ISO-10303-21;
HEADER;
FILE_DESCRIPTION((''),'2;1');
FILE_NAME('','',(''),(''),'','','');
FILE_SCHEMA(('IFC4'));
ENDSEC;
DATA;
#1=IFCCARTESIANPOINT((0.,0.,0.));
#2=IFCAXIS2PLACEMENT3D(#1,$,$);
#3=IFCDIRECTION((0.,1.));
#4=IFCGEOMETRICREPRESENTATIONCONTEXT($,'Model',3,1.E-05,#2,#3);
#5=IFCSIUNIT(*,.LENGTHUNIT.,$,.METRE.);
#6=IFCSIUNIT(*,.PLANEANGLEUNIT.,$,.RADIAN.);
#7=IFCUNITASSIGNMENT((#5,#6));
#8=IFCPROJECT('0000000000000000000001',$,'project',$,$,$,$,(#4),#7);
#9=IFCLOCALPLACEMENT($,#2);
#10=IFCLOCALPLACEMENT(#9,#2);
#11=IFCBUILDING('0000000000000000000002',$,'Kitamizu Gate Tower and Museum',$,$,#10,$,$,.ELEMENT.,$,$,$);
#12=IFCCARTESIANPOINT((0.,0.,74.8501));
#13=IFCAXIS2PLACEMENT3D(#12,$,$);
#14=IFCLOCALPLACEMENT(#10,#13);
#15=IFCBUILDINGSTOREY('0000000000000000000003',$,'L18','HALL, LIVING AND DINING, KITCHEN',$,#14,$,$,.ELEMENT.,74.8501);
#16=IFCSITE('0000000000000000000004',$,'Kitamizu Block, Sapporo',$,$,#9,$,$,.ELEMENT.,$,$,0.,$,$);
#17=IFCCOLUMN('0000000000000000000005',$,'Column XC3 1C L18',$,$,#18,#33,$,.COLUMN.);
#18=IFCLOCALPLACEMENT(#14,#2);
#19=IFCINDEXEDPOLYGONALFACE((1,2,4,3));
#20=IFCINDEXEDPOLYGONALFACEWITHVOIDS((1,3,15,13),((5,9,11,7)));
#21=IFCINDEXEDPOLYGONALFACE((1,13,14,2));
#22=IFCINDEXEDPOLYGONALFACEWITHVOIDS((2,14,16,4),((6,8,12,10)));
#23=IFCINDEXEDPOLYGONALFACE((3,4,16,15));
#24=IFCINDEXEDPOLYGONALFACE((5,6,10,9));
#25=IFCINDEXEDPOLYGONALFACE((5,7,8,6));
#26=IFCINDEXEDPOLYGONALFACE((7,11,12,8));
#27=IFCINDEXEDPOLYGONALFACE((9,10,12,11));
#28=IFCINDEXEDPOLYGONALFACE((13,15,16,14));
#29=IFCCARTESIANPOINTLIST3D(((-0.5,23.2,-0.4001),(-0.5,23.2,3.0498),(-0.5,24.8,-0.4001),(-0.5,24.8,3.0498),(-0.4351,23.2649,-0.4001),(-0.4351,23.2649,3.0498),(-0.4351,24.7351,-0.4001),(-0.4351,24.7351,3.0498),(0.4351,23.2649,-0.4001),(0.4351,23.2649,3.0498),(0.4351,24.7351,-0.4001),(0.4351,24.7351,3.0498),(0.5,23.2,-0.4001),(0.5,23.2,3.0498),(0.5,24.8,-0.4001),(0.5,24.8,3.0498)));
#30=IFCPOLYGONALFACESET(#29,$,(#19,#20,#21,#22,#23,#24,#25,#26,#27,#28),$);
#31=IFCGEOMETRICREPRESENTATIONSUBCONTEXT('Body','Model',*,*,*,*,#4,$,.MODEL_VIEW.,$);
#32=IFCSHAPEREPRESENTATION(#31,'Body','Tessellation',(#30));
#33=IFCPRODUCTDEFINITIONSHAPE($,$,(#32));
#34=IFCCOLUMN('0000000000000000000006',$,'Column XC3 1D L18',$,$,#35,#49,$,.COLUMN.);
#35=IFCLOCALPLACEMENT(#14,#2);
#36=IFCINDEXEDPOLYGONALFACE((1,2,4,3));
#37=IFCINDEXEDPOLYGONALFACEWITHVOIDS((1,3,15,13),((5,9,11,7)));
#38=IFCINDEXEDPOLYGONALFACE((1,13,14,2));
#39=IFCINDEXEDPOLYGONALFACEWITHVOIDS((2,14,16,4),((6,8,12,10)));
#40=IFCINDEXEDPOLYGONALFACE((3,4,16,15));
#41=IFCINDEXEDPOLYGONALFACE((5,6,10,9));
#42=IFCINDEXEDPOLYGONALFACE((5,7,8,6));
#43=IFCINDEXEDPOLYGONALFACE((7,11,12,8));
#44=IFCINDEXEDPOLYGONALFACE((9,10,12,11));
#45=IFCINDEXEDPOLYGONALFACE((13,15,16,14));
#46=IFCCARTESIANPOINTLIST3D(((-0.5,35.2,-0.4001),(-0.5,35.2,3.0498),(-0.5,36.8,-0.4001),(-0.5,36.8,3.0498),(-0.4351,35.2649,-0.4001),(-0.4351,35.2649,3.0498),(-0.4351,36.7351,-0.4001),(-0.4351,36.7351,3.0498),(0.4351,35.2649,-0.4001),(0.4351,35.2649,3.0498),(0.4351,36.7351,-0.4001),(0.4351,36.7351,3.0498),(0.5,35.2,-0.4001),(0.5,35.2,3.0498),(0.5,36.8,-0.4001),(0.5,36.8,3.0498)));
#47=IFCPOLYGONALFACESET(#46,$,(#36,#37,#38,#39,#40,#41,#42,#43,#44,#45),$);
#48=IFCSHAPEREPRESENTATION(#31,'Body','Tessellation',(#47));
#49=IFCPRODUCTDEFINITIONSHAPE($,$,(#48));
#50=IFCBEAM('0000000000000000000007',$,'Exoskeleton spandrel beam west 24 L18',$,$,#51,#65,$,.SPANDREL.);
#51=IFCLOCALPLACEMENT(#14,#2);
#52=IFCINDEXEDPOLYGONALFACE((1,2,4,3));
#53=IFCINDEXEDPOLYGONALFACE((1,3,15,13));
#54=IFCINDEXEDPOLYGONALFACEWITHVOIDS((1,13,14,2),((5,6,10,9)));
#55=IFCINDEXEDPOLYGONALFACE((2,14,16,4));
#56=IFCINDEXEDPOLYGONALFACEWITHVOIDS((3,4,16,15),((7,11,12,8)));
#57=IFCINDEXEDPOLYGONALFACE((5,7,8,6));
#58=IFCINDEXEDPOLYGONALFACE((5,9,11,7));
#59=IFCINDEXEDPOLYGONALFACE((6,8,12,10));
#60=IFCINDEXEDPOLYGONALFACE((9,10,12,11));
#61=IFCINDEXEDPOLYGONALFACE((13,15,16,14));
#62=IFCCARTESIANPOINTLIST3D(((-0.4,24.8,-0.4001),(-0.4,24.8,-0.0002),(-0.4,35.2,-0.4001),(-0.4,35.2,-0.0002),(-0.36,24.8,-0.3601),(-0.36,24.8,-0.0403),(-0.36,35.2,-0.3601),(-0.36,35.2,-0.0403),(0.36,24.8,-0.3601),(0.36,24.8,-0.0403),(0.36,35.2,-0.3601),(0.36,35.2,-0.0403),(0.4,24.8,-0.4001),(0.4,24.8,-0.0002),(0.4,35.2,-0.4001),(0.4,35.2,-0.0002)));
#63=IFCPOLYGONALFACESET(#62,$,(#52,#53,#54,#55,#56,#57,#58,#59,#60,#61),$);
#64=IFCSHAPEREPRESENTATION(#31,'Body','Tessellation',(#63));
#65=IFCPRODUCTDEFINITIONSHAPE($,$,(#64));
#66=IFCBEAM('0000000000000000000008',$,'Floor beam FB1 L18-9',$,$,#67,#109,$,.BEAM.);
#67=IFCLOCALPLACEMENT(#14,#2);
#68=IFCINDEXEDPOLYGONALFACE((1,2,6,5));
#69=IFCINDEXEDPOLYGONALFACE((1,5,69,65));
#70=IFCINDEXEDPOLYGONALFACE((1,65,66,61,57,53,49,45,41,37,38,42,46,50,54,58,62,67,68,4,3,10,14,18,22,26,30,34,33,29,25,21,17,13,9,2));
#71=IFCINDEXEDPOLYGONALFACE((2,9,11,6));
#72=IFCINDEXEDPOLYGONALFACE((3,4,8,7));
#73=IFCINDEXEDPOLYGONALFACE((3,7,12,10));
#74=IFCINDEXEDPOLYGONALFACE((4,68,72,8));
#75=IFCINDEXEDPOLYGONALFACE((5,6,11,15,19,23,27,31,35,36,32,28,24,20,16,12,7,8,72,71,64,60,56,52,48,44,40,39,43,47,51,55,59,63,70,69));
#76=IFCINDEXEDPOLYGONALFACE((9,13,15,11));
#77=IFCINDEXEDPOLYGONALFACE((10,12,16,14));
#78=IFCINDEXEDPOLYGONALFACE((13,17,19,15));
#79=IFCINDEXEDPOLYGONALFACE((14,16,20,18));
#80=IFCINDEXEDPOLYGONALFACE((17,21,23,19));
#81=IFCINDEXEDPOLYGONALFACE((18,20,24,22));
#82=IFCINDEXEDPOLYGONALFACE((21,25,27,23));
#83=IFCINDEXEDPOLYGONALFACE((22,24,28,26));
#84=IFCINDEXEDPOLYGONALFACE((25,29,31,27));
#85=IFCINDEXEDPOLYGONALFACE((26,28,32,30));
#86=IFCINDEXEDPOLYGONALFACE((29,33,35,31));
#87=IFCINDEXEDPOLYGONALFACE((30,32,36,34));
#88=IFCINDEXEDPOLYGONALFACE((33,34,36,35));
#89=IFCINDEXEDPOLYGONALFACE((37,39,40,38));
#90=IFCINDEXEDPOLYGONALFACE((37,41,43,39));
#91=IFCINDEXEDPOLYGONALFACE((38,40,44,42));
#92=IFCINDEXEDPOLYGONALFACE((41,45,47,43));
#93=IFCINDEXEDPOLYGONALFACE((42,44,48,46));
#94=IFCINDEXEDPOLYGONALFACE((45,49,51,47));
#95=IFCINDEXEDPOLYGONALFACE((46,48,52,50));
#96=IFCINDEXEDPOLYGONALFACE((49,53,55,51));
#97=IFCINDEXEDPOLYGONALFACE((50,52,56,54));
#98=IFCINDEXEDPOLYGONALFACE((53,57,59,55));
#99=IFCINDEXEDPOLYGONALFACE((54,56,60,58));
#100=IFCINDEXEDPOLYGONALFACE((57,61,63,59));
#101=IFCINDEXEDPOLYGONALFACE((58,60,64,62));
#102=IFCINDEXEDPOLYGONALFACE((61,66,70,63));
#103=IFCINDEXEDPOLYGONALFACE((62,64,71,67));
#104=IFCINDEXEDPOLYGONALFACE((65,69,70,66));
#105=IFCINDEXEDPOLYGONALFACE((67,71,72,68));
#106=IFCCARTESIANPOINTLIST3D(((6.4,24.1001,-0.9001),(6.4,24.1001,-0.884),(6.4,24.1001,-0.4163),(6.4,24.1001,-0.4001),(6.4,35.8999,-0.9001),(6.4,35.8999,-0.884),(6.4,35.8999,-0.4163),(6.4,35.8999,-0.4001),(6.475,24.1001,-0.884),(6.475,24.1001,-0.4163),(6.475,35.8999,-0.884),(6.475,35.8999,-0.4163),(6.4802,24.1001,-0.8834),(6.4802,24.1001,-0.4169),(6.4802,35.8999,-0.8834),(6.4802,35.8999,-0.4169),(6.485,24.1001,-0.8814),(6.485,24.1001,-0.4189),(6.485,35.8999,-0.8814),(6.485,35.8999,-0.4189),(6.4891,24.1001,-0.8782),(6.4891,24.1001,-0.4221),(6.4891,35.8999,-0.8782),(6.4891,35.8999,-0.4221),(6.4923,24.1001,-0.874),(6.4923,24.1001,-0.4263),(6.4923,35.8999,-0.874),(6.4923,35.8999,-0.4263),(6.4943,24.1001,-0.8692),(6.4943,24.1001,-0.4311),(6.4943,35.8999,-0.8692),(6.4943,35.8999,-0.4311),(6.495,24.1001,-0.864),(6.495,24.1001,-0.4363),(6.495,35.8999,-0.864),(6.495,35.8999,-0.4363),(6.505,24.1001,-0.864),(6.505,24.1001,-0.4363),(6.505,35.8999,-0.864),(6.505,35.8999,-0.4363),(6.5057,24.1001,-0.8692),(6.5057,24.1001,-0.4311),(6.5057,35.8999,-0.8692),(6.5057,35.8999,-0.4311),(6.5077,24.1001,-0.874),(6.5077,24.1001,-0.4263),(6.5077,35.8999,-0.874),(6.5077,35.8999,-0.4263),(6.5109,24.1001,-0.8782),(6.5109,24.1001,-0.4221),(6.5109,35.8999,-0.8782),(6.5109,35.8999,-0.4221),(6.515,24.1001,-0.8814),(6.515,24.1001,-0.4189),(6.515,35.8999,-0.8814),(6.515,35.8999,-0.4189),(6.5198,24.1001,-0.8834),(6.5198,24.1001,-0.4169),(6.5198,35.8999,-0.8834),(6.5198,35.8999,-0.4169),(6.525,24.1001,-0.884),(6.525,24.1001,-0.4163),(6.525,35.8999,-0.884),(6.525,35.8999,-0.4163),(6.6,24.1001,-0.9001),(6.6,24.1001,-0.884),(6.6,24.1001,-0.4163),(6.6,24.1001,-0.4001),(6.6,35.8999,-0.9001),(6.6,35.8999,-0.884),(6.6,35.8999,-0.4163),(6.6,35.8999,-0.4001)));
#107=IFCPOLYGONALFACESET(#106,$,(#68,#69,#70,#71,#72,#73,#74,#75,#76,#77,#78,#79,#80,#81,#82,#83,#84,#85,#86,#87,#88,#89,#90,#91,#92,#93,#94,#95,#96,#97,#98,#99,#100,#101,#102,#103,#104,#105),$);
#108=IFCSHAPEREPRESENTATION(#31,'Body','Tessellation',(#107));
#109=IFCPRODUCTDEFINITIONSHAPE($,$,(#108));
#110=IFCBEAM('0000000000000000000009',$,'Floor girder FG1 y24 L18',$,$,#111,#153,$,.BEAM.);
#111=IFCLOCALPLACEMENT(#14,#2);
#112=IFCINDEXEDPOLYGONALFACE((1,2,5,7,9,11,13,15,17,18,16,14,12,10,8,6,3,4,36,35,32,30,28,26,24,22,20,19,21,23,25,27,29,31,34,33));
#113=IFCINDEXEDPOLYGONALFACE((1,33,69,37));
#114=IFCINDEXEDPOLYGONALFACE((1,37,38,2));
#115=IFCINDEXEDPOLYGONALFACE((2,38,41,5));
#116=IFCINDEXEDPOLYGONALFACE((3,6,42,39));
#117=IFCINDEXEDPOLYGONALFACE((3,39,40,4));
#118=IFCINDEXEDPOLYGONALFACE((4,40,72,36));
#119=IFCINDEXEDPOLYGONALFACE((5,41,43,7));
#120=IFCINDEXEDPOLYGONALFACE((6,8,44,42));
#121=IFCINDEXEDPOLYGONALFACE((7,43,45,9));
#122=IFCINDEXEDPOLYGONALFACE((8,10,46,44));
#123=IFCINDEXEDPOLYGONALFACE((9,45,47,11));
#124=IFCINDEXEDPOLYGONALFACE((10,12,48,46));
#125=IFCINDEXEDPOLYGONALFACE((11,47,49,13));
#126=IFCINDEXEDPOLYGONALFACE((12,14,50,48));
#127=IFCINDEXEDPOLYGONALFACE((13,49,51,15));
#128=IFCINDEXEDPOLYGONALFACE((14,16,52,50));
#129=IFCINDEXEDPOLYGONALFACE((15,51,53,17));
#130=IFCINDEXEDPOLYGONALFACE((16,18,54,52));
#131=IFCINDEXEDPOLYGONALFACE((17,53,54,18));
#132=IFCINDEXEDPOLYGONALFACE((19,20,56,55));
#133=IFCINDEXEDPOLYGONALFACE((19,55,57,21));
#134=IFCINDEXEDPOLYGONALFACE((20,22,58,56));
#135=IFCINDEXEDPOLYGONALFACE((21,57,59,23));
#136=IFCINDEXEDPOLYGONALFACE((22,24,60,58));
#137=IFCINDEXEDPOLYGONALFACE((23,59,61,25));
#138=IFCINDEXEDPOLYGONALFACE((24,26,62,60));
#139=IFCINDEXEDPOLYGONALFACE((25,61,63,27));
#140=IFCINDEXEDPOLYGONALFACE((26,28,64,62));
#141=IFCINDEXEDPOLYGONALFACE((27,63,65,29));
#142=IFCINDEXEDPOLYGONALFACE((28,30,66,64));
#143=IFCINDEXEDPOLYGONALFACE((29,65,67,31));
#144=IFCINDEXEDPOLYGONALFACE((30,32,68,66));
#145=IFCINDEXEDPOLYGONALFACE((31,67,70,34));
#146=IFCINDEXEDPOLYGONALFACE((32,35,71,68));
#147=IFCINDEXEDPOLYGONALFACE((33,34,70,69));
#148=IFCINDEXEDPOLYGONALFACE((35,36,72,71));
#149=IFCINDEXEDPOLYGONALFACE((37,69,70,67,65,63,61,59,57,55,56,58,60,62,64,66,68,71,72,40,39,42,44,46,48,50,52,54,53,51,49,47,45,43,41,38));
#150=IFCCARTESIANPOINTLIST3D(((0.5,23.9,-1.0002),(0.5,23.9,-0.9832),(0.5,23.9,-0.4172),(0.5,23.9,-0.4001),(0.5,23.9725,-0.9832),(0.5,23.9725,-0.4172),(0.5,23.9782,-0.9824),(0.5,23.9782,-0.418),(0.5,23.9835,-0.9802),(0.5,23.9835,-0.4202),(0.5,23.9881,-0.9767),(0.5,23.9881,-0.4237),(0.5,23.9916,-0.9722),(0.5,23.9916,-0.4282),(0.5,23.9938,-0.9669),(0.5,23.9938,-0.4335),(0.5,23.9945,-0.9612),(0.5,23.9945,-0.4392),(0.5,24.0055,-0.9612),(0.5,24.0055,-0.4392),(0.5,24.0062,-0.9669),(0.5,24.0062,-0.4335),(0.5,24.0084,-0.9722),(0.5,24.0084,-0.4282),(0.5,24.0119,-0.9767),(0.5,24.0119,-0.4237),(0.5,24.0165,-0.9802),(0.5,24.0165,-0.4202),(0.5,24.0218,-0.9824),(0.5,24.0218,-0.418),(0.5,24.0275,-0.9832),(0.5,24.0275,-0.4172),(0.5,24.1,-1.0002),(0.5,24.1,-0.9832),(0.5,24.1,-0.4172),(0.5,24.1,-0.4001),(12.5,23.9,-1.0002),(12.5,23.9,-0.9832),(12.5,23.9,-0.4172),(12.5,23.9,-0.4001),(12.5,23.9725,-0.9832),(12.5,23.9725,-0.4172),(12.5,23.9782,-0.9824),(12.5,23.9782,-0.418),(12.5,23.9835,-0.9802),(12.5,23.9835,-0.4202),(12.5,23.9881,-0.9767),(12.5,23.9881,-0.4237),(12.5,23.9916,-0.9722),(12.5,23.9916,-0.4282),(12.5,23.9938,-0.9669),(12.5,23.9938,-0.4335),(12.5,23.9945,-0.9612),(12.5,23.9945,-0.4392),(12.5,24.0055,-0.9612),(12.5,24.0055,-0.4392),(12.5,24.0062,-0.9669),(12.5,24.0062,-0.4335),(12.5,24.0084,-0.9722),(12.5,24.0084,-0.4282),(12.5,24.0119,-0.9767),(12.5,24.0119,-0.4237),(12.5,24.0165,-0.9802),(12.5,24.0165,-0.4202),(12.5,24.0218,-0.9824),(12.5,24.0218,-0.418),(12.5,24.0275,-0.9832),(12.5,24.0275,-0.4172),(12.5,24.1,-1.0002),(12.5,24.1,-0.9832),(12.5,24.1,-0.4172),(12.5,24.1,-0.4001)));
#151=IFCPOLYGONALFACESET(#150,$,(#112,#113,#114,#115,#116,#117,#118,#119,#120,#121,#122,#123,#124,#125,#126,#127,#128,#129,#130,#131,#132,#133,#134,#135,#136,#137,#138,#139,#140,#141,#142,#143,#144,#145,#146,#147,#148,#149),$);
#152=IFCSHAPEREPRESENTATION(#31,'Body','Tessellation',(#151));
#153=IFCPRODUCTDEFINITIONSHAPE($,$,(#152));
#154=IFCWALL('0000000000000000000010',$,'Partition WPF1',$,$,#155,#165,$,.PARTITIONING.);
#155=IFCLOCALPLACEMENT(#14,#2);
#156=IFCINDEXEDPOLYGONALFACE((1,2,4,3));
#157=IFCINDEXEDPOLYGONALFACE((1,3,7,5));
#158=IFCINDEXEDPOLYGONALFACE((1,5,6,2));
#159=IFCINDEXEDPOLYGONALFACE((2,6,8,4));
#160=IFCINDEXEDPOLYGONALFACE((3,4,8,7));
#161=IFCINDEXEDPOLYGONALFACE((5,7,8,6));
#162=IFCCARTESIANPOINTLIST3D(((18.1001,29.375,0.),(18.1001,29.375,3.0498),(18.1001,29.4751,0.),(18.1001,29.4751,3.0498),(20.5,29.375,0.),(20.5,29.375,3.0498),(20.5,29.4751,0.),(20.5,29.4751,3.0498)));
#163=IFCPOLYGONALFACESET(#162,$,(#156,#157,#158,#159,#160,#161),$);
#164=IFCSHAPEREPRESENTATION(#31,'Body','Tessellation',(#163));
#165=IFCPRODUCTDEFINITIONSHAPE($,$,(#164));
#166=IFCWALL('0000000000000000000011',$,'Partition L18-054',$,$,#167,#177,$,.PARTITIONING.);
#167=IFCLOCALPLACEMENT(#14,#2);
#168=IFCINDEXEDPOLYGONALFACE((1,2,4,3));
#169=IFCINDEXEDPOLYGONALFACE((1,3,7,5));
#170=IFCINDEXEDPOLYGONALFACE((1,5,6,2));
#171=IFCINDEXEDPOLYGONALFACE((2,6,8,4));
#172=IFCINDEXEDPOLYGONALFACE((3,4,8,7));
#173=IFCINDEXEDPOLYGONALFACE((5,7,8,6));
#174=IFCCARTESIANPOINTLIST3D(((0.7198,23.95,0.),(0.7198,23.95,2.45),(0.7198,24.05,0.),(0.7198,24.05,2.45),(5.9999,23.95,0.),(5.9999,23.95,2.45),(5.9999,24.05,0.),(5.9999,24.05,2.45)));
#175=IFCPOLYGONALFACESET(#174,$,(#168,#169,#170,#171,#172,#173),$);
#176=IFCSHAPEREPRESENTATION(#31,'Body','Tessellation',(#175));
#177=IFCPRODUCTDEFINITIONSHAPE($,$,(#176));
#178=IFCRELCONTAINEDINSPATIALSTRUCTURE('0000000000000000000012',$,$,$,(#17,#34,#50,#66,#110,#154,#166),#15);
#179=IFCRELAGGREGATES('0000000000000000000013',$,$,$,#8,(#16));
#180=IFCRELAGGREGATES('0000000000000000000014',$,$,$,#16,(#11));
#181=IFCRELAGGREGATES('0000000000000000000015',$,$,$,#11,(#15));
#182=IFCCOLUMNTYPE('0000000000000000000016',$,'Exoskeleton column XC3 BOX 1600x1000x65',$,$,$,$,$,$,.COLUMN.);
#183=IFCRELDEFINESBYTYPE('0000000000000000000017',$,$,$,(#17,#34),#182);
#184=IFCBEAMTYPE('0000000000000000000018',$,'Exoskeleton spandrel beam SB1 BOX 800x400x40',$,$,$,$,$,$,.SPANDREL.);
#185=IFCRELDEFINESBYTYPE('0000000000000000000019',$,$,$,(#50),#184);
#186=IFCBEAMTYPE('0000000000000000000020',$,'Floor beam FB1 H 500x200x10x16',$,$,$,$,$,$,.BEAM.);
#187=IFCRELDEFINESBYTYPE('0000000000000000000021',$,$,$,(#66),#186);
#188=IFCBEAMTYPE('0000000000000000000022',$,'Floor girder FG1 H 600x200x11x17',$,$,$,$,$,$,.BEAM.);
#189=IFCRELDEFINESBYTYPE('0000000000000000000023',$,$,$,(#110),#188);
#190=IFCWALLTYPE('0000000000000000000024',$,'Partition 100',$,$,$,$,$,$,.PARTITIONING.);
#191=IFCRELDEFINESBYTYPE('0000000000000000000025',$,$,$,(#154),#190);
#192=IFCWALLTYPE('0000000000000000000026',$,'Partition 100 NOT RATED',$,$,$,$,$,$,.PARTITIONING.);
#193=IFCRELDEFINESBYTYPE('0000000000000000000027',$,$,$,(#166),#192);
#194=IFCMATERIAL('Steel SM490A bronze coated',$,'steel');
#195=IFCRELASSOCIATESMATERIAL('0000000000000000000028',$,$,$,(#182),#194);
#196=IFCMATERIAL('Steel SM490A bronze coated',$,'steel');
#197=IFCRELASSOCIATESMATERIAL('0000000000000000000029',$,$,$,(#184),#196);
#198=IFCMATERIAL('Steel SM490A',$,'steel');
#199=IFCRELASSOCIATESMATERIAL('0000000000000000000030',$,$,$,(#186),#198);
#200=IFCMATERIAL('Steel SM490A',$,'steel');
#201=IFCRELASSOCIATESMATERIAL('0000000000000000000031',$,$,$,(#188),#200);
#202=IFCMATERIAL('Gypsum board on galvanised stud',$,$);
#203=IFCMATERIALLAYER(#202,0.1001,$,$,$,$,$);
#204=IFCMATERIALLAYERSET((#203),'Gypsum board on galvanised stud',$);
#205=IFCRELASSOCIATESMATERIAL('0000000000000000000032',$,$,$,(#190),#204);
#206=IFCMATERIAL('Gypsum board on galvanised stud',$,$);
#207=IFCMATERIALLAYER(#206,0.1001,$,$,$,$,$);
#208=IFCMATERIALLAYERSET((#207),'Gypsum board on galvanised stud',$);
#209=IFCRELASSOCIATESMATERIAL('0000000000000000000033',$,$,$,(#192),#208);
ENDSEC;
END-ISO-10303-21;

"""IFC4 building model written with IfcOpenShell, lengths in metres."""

from ifc_helpers import new_model, si_unit, direction, frame, frame_2d, origin, origin_2d, place, context, subcontext, project, spatial, rectangle, hollow_rectangle, i_section, extrude, material, layer, layer_set, material_profile, profile_set, type_object, element, save


model = new_model("IFC4")

# Units and contexts
model_context = context("Model", 3, precision=1e-05, world=origin(), true_north=direction((0.0, 1.0)))
body_context = subcontext(model_context, "Body", "Model", "MODEL_VIEW")
ifc_project = project(units=[si_unit("LENGTHUNIT", "METRE"), si_unit("PLANEANGLEUNIT", "RADIAN")], contexts=[model_context])

# Site, building, storey
site_placement = place(None, origin())
site = spatial("IfcSite", under=ifc_project, at=site_placement, Name="Kitamizu Block, Sapporo", CompositionType="ELEMENT", RefElevation=0.0)
building_placement = place(site_placement, origin())
building = spatial("IfcBuilding", under=site, at=building_placement, Name="Kitamizu Gate Tower and Museum", CompositionType="ELEMENT")
storey_placement = place(building_placement, frame((0.0, 0.0, 74.8501)))
storey = spatial("IfcBuildingStorey", under=building, at=storey_placement, Name="L18", Description="HALL, LIVING AND DINING, KITCHEN", CompositionType="ELEMENT", Elevation=74.8501)

# Columns
ifc_material_1 = material(Name="Steel SM490A bronze coated", Category="steel")
ifc_material_profile_1 = material_profile(ifc_material_1, hollow_rectangle(XDim=1.6001, YDim=1.0, WallThickness=0.0649, at=origin_2d()), Name="BOX 1600x1000x65")
ifc_profile_set_1 = profile_set([ifc_material_profile_1], Name="Steel SM490A bronze coated")
column_type = type_object("IfcColumnType", Name="Exoskeleton column XC3 BOX 1600x1000x65", PredefinedType="COLUMN", material=ifc_profile_set_1)
for number, where, z_axis, x_axis, name in (
    (1, (0.0, 24.0, -0.4001), (0.0, 0.0, 1.0), (0.0, 1.0, 0.0), "Column XC3 1C L18"),
    (2, (0.0, 36.0, -0.4001), (0.0, 0.0, 1.0), (0.0, 1.0, 0.0), "Column XC3 1D L18"),
):
    element("IfcColumn", number, at=place(storey_placement, frame(where, z_axis=z_axis, x_axis=x_axis)), inside=storey, type_object=column_type, Name=name, PredefinedType="COLUMN", context=body_context, shape_type="SweptSolid", body=[
        extrude(hollow_rectangle(XDim=1.6001, YDim=1.0, WallThickness=0.0649, at=origin_2d()), origin(), (0.0, 0.0, 1.0), 3.45),
    ])

# Beams
ifc_material_2 = material(Name="Steel SM490A bronze coated", Category="steel")
ifc_material_profile_2 = material_profile(ifc_material_2, hollow_rectangle(XDim=0.8, YDim=0.3999, WallThickness=0.04, at=origin_2d()), Name="BOX 800x400x40")
ifc_profile_set_2 = profile_set([ifc_material_profile_2], Name="Steel SM490A bronze coated")
beam_type_1 = type_object("IfcBeamType", Name="Exoskeleton spandrel beam SB1 BOX 800x400x40", PredefinedType="SPANDREL", material=ifc_profile_set_2)
beam_1_placement = place(storey_placement, frame((0.0, 24.8, -0.2002), z_axis=(0.0, 1.0, 0.0), x_axis=(-1.0, 0.0, 0.0)))
element("IfcBeam", 3, at=beam_1_placement, inside=storey, type_object=beam_type_1, Name="Exoskeleton spandrel beam west 24 L18", PredefinedType="SPANDREL", context=body_context, shape_type="SweptSolid", body=[
    extrude(hollow_rectangle(XDim=0.8, YDim=0.3999, WallThickness=0.04, at=origin_2d()), origin(), (0.0, 0.0, 1.0), 10.3999),
])
ifc_material_3 = material(Name="Steel SM490A", Category="steel")
ifc_material_profile_3 = material_profile(ifc_material_3, i_section(OverallWidth=0.2, OverallDepth=0.5, WebThickness=0.01, FlangeThickness=0.0161, FilletRadius=0.02, at=origin_2d()), Name="H-500x200x10x16")
ifc_profile_set_3 = profile_set([ifc_material_profile_3], Name="Steel SM490A")
beam_type_2 = type_object("IfcBeamType", Name="Floor beam FB1 H 500x200x10x16", PredefinedType="BEAM", material=ifc_profile_set_3)
beam_2_placement = place(storey_placement, frame((6.5, 24.1001, -0.6501), z_axis=(0.0, 1.0, 0.0), x_axis=(-1.0, 0.0, 0.0)))
element("IfcBeam", 4, at=beam_2_placement, inside=storey, type_object=beam_type_2, Name="Floor beam FB1 L18-9", PredefinedType="BEAM", context=body_context, shape_type="SweptSolid", body=[
    extrude(i_section(OverallWidth=0.2, OverallDepth=0.5, WebThickness=0.01, FlangeThickness=0.0161, FilletRadius=0.02, at=origin_2d()), origin(), (0.0, 0.0, 1.0), 11.7998),
])
ifc_material_4 = material(Name="Steel SM490A", Category="steel")
ifc_material_profile_4 = material_profile(ifc_material_4, i_section(OverallWidth=0.2, OverallDepth=0.6001, WebThickness=0.011, FlangeThickness=0.0171, FilletRadius=0.022, at=origin_2d()), Name="H-600x200x11x17")
ifc_profile_set_4 = profile_set([ifc_material_profile_4], Name="Steel SM490A")
beam_type_3 = type_object("IfcBeamType", Name="Floor girder FG1 H 600x200x11x17", PredefinedType="BEAM", material=ifc_profile_set_4)
beam_3_placement = place(storey_placement, frame((0.5, 24.0, -0.7002), z_axis=(1.0, 0.0, 0.0), x_axis=(0.0, 1.0, 0.0)))
element("IfcBeam", 5, at=beam_3_placement, inside=storey, type_object=beam_type_3, Name="Floor girder FG1 y24 L18", PredefinedType="BEAM", context=body_context, shape_type="SweptSolid", body=[
    extrude(i_section(OverallWidth=0.2, OverallDepth=0.6001, WebThickness=0.011, FlangeThickness=0.0171, FilletRadius=0.022, at=origin_2d()), origin(), (0.0, 0.0, 1.0), 12.0),
])

# Walls
ifc_material_5 = material(Name="Gypsum board on galvanised stud")
ifc_layer_1 = layer(ifc_material_5, 0.1001)
ifc_layer_set_1 = layer_set([ifc_layer_1], Name="Gypsum board on galvanised stud")
wall_type_1 = type_object("IfcWallType", Name="Partition 100", PredefinedType="PARTITIONING", material=ifc_layer_set_1)
wall_1_placement = place(storey_placement, frame((18.1001, 29.425, 0.0), z_axis=(0.0, 0.0, 1.0), x_axis=(1.0, 0.0, 0.0)))
element("IfcWall", 6, at=wall_1_placement, inside=storey, type_object=wall_type_1, Name="Partition WPF1", PredefinedType="PARTITIONING", context=body_context, shape_type="SweptSolid", body=[
    extrude(rectangle(XDim=2.3999, YDim=0.1001, at=frame_2d((1.2, 0.0))), origin(), (0.0, 0.0, 1.0), 3.0498),
])
ifc_material_6 = material(Name="Gypsum board on galvanised stud")
ifc_layer_2 = layer(ifc_material_6, 0.1001)
ifc_layer_set_2 = layer_set([ifc_layer_2], Name="Gypsum board on galvanised stud")
wall_type_2 = type_object("IfcWallType", Name="Partition 100 NOT RATED", PredefinedType="PARTITIONING", material=ifc_layer_set_2)
wall_2_placement = place(storey_placement, frame((6.0, 24.0, 0.0), z_axis=(0.0, 0.0, 1.0), x_axis=(-1.0, 0.0, 0.0)))
element("IfcWall", 7, at=wall_2_placement, inside=storey, type_object=wall_type_2, Name="Partition L18-054", PredefinedType="PARTITIONING", context=body_context, shape_type="SweptSolid", body=[
    extrude(rectangle(XDim=5.28, YDim=0.1001, at=frame_2d((2.6401, 0.0))), origin(), (0.0, 0.0, 1.0), 2.45),
])

save(model, "model.ifc")
